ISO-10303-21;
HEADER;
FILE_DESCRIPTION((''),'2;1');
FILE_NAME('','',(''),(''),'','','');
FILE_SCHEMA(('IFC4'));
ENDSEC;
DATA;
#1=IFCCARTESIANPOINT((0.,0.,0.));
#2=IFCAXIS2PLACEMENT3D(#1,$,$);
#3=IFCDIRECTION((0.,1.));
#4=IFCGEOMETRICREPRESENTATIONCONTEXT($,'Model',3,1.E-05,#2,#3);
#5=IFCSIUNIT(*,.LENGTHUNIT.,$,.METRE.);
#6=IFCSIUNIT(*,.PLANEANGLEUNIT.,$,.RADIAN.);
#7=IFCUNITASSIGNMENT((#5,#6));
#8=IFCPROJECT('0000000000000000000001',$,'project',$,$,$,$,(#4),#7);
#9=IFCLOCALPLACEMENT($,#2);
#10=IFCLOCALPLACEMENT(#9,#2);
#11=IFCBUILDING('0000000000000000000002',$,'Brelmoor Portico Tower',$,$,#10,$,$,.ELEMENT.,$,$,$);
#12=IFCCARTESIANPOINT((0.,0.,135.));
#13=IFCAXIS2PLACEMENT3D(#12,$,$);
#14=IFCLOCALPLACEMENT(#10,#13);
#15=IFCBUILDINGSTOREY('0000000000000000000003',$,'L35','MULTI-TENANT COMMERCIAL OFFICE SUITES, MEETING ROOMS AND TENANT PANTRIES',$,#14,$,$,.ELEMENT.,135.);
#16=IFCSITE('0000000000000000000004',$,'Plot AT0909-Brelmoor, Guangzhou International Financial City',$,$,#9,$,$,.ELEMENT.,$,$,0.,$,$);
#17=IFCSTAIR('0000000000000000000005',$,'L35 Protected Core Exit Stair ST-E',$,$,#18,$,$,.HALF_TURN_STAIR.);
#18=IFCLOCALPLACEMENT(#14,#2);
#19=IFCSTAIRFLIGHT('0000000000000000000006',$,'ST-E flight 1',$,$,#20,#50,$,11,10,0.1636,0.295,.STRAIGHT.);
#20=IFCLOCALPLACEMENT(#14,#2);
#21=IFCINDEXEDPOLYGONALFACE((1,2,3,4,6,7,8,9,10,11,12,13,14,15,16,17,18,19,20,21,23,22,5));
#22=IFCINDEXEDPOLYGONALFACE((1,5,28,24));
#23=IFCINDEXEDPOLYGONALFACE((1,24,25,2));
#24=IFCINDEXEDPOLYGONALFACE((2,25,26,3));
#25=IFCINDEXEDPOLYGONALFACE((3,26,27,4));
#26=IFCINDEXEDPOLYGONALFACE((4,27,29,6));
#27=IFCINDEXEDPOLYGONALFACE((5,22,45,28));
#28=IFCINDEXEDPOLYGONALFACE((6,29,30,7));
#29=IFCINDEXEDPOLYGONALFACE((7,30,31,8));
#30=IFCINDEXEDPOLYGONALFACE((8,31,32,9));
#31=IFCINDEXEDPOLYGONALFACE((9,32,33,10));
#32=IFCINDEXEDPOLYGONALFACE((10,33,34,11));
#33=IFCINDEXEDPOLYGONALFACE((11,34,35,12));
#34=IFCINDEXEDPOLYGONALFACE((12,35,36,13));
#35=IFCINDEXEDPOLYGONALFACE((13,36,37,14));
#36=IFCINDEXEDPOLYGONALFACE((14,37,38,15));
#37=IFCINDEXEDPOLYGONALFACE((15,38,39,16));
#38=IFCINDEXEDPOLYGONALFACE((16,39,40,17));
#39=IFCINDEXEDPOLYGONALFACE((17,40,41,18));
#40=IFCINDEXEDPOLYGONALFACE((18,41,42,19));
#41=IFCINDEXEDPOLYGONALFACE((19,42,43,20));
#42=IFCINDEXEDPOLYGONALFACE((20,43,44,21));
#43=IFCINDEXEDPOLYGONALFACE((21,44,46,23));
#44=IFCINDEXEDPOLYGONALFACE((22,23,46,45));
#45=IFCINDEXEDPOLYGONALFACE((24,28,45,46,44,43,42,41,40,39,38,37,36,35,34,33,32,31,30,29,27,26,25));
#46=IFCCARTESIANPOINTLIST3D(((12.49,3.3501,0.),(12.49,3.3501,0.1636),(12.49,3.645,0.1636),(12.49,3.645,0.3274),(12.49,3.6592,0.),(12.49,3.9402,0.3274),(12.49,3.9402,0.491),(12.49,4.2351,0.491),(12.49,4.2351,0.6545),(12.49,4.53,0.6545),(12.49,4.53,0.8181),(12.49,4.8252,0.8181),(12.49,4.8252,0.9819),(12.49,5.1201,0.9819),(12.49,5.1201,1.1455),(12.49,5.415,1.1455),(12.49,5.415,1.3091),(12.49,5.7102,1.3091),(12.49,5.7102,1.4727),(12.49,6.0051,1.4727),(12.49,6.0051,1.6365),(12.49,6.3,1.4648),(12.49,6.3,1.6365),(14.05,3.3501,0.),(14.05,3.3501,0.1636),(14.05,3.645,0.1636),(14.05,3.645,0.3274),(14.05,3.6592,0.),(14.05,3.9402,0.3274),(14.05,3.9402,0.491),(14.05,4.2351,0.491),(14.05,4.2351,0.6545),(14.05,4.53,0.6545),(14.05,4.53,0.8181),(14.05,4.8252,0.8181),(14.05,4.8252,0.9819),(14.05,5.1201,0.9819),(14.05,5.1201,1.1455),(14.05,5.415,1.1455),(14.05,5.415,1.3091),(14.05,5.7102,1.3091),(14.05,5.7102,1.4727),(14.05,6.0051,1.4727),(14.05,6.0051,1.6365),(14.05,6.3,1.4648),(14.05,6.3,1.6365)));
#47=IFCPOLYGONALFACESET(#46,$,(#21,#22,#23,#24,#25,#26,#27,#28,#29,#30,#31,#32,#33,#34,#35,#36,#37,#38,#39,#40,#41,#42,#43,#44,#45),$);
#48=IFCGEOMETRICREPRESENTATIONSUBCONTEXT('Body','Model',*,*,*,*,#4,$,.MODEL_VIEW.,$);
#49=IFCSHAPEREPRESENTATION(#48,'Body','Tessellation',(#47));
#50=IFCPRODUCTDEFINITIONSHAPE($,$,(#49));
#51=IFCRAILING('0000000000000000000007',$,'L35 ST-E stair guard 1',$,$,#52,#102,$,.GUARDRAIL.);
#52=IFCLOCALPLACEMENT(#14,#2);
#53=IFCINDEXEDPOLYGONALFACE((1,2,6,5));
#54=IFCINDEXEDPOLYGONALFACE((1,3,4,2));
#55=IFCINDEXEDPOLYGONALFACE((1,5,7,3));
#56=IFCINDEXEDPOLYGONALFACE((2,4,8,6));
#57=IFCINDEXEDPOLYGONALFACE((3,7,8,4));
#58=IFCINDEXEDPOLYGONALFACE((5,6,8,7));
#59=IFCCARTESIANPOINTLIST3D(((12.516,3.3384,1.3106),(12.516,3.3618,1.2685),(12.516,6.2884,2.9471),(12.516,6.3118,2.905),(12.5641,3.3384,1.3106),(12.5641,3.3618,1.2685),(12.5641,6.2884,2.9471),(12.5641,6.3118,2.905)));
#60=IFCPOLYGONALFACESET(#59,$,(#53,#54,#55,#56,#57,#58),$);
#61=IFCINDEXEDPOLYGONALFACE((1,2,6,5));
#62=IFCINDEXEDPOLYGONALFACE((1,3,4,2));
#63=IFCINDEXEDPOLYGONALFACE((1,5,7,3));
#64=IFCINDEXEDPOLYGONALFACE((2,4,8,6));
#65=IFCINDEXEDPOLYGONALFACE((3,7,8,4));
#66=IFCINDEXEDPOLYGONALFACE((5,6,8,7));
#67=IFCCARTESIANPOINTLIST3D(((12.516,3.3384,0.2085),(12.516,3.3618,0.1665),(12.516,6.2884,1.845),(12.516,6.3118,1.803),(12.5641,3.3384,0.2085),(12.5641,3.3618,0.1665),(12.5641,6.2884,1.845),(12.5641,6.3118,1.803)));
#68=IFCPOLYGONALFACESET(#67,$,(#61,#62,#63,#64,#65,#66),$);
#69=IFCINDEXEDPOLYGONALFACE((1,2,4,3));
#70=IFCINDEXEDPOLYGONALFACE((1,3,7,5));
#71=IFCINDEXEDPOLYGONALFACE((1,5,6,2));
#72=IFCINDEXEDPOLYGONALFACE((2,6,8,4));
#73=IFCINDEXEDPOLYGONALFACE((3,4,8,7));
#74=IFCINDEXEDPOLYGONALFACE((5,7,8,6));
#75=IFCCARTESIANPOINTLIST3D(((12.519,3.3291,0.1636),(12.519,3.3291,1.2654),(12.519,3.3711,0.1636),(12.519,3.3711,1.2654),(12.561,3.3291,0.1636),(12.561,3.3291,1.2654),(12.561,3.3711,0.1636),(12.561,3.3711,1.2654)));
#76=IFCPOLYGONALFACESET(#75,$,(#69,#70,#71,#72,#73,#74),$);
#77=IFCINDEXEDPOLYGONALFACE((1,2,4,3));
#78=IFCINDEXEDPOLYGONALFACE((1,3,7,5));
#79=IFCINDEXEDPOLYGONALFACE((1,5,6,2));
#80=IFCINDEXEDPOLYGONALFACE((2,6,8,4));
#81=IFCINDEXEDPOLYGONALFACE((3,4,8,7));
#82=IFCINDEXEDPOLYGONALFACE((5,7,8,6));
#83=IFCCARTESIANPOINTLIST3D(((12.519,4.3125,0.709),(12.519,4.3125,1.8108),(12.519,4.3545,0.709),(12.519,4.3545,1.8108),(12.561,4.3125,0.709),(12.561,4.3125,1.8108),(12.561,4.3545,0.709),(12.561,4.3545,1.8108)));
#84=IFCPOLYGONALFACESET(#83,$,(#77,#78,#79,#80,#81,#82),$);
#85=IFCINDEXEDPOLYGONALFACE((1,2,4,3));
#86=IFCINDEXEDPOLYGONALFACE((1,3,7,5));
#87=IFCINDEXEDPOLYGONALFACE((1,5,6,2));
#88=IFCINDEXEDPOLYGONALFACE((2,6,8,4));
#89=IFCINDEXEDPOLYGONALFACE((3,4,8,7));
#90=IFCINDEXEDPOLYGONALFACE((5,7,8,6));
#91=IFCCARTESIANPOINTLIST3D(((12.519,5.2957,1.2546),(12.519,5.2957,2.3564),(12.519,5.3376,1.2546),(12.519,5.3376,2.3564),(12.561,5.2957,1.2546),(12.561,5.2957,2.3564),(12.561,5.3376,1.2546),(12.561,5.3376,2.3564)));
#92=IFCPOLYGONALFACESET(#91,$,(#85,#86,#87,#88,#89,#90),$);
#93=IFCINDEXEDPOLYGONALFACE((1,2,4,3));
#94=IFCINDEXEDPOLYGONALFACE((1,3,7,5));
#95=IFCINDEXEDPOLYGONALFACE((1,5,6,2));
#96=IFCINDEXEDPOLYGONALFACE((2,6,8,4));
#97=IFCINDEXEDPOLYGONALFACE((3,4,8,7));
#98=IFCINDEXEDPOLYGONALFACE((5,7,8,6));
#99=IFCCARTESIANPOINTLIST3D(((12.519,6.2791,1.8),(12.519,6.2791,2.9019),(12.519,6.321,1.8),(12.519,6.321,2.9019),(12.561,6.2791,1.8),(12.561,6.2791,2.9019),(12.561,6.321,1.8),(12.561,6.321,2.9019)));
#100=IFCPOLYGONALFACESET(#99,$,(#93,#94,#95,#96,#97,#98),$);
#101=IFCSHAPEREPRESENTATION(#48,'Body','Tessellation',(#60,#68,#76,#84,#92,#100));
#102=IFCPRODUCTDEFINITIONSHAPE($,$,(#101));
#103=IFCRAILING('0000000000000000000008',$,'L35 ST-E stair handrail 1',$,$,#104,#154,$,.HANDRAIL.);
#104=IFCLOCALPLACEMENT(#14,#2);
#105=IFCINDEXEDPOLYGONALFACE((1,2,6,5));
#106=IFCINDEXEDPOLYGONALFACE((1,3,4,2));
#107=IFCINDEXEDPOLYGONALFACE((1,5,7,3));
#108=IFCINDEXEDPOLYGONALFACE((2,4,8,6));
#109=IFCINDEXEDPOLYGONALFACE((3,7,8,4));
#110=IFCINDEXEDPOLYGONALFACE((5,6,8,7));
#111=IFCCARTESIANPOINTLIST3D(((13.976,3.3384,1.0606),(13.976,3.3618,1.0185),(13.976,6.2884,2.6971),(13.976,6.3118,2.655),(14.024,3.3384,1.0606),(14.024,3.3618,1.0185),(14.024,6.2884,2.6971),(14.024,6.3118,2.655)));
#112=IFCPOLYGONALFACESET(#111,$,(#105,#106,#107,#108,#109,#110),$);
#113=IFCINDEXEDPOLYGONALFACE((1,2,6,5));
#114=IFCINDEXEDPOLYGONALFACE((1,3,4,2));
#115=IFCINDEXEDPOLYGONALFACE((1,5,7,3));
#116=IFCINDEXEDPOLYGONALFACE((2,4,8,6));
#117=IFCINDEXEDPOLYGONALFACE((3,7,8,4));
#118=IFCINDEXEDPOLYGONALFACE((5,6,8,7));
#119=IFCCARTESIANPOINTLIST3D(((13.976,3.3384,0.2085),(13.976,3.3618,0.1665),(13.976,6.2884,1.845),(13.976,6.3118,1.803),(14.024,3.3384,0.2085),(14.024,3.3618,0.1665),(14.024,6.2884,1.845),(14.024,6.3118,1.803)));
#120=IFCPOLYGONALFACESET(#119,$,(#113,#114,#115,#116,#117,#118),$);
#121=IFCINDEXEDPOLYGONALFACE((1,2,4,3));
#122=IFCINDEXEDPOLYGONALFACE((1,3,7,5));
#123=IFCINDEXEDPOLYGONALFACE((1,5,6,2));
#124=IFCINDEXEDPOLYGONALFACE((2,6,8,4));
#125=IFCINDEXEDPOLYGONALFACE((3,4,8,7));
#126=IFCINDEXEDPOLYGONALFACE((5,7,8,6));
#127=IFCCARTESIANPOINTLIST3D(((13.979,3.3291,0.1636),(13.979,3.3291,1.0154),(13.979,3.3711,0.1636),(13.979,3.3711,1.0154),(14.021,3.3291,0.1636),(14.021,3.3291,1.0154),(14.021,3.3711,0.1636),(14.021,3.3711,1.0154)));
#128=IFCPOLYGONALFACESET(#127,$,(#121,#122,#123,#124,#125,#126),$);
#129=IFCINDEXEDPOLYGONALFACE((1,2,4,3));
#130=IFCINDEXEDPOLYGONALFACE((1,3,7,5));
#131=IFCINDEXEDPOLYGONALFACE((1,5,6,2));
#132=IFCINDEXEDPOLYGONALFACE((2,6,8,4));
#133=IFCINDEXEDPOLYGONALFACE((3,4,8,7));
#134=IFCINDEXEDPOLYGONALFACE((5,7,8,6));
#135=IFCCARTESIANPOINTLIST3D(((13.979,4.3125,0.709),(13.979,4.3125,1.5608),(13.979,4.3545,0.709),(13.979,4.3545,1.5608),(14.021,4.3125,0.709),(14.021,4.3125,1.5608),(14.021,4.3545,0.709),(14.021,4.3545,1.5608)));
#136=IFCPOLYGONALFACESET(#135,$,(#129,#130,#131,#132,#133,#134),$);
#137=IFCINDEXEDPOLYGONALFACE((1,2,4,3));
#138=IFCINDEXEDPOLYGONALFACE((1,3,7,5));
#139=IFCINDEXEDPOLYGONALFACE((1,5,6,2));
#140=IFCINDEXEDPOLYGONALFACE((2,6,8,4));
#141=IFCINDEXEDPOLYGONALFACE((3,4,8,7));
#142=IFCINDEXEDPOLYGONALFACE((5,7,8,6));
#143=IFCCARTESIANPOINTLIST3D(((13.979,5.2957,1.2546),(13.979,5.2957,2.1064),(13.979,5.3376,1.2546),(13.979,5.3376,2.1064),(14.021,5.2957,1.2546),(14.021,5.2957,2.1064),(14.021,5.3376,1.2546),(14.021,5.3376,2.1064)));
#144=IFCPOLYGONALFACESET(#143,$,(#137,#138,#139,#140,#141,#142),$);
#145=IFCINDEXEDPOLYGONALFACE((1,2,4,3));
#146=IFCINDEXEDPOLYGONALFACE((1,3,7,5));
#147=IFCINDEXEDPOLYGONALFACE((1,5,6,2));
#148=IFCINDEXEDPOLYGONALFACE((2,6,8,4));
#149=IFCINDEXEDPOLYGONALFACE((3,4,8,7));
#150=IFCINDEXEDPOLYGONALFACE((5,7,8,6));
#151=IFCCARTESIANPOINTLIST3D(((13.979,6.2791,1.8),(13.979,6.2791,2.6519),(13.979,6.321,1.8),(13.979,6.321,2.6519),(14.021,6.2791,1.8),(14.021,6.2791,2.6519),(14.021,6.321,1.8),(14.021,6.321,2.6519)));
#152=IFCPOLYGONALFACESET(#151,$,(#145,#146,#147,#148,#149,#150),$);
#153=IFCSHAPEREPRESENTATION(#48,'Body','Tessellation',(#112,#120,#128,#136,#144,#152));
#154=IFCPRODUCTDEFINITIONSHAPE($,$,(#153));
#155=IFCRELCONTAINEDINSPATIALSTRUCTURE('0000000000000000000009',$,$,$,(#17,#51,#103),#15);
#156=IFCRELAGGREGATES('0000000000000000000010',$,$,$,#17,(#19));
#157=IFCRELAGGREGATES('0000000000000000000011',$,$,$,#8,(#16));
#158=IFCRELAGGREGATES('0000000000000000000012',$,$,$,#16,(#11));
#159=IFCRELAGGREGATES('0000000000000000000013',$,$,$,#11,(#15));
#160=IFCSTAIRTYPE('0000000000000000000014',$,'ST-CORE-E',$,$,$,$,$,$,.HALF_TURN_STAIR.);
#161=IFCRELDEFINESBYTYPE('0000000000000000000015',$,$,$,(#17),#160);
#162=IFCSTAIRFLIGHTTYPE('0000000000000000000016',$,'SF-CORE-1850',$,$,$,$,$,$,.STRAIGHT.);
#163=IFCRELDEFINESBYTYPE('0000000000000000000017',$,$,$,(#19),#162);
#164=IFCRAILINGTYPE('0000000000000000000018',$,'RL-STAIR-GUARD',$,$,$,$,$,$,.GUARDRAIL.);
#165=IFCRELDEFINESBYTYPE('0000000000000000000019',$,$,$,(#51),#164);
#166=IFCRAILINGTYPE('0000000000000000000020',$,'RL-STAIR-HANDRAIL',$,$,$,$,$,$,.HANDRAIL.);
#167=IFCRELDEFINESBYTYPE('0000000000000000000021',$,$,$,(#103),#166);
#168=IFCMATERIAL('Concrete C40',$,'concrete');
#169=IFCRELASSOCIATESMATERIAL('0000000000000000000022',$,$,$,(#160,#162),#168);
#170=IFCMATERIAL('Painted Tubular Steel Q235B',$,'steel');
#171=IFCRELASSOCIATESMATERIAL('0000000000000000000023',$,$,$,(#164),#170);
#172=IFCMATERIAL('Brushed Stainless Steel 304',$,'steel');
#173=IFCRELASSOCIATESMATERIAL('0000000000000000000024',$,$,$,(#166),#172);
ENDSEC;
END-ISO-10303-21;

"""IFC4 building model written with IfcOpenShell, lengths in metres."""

from ifc_helpers import new_model, si_unit, direction, frame, origin, origin_2d, place, context, subcontext, project, spatial, polyline, rectangle, outline, extrude, material, type_object, element, aggregate, save


model = new_model("IFC4")

# Units and contexts
model_context = context("Model", 3, precision=1e-05, world=origin(), true_north=direction((0.0, 1.0)))
body_context = subcontext(model_context, "Body", "Model", "MODEL_VIEW")
ifc_project = project(units=[si_unit("LENGTHUNIT", "METRE"), si_unit("PLANEANGLEUNIT", "RADIAN")], contexts=[model_context])

# Site, building, storey
site_placement = place(None, origin())
site = spatial("IfcSite", under=ifc_project, at=site_placement, Name="Plot AT0909-Brelmoor, Guangzhou International Financial City", CompositionType="ELEMENT", RefElevation=0.0)
building_placement = place(site_placement, origin())
building = spatial("IfcBuilding", under=site, at=building_placement, Name="Brelmoor Portico Tower", CompositionType="ELEMENT")
storey_placement = place(building_placement, frame((0.0, 0.0, 135.0)))
storey = spatial("IfcBuildingStorey", under=building, at=storey_placement, Name="L35", Description="MULTI-TENANT COMMERCIAL OFFICE SUITES, MEETING ROOMS AND TENANT PANTRIES", CompositionType="ELEMENT", Elevation=135.0)

# Shared definitions
ifc_material_1 = material(Name="Concrete C40", Category="concrete")

# Stair, stair flight
stair_type = type_object("IfcStairType", Name="ST-CORE-E", PredefinedType="HALF_TURN_STAIR", material=ifc_material_1)
stair_placement = place(storey_placement, origin())
stair = element("IfcStair", 1, at=stair_placement, inside=storey, type_object=stair_type, Name="L35 Protected Core Exit Stair ST-E", PredefinedType="HALF_TURN_STAIR")
stair_flight_type = type_object("IfcStairFlightType", Name="SF-CORE-1850", PredefinedType="STRAIGHT", material=ifc_material_1)
stair_flight_placement = place(storey_placement, frame((13.27, 3.3501, 0.0), z_axis=(0.0, 0.0, 1.0), x_axis=(0.0, 1.0, 0.0)))
stair_flight = element("IfcStairFlight", 2, at=stair_flight_placement, type_object=stair_flight_type, Name="ST-E flight 1", NumberOfRisers=11, NumberOfTreads=10, PredefinedType="STRAIGHT", RiserHeight=0.1636, TreadLength=0.295, context=body_context, shape_type="SweptSolid", body=[
    extrude(outline(polyline([(0.0, 0.0), (0.0, 0.1636), (0.2949, 0.1636), (0.2949, 0.3274), (0.5901, 0.3274), (0.5901, 0.491), (0.885, 0.491), (0.885, 0.6545), (1.1799, 0.6545), (1.1799, 0.8181), (1.4751, 0.8181), (1.4751, 0.9819), (1.77, 0.9819), (1.77, 1.1455), (2.0649, 1.1455), (2.0649, 1.3091), (2.3601, 1.3091), (2.3601, 1.4727), (2.655, 1.4727), (2.655, 1.6365), (2.95, 1.6365), (2.95, 1.8), (2.95, 1.4648), (0.3091, 0.0), (0.0, 0.0)])), frame((0.0, 0.78, 0.0), z_axis=(0.0, -1.0, 0.0), x_axis=(1.0, 0.0, 0.0)), (0.0, 0.0, 1.0), 1.5601),
])
aggregate(stair, [stair_flight])

# Railings
ifc_material_2 = material(Name="Painted Tubular Steel Q235B", Category="steel")
railing_type_1 = type_object("IfcRailingType", Name="RL-STAIR-GUARD", PredefinedType="GUARDRAIL", material=ifc_material_2)
railing_1_placement = place(storey_placement, frame((12.54, 3.3501, 0.1636)))
element("IfcRailing", 3, at=railing_1_placement, inside=storey, type_object=railing_type_1, Name="L35 ST-E stair guard 1", PredefinedType="GUARDRAIL", context=body_context, shape_type="SweptSolid", body=[
    extrude(rectangle(XDim=0.0481, YDim=0.0481, at=origin_2d()), frame((0.0, 0.0, 1.126), z_axis=(0.0, 0.874458, 0.485102), x_axis=(-1.0, 0.0, 0.0)), (0.0, 0.0, 1.0), 3.3735),
    extrude(rectangle(XDim=0.0481, YDim=0.0481, at=origin_2d()), frame((0.0, 0.0, 0.0239), z_axis=(0.0, 0.874458, 0.485102), x_axis=(-1.0, 0.0, 0.0)), (0.0, 0.0, 1.0), 3.3735),
    extrude(rectangle(XDim=0.042, YDim=0.042, at=origin_2d()), origin(), (0.0, 0.0, 1.0), 1.1018),
    extrude(rectangle(XDim=0.042, YDim=0.042, at=origin_2d()), frame((0.0, 0.9834, 0.5454)), (0.0, 0.0, 1.0), 1.1018),
    extrude(rectangle(XDim=0.042, YDim=0.042, at=origin_2d()), frame((0.0, 1.9666, 1.0911)), (0.0, 0.0, 1.0), 1.1018),
    extrude(rectangle(XDim=0.042, YDim=0.042, at=origin_2d()), frame((0.0, 2.95, 1.6365)), (0.0, 0.0, 1.0), 1.1018),
])
ifc_material_3 = material(Name="Brushed Stainless Steel 304", Category="steel")
railing_type_2 = type_object("IfcRailingType", Name="RL-STAIR-HANDRAIL", PredefinedType="HANDRAIL", material=ifc_material_3)
railing_2_placement = place(storey_placement, frame((14.0, 3.3501, 0.1636)))
element("IfcRailing", 4, at=railing_2_placement, inside=storey, type_object=railing_type_2, Name="L35 ST-E stair handrail 1", PredefinedType="HANDRAIL", context=body_context, shape_type="SweptSolid", body=[
    extrude(rectangle(XDim=0.0481, YDim=0.0481, at=origin_2d()), frame((0.0, 0.0, 0.876), z_axis=(0.0, 0.874458, 0.485102), x_axis=(-1.0, 0.0, 0.0)), (0.0, 0.0, 1.0), 3.3735),
    extrude(rectangle(XDim=0.0481, YDim=0.0481, at=origin_2d()), frame((0.0, 0.0, 0.0239), z_axis=(0.0, 0.874458, 0.485102), x_axis=(-1.0, 0.0, 0.0)), (0.0, 0.0, 1.0), 3.3735),
    extrude(rectangle(XDim=0.042, YDim=0.042, at=origin_2d()), origin(), (0.0, 0.0, 1.0), 0.8518),
    extrude(rectangle(XDim=0.042, YDim=0.042, at=origin_2d()), frame((0.0, 0.9834, 0.5454)), (0.0, 0.0, 1.0), 0.8518),
    extrude(rectangle(XDim=0.042, YDim=0.042, at=origin_2d()), frame((0.0, 1.9666, 1.0911)), (0.0, 0.0, 1.0), 0.8518),
    extrude(rectangle(XDim=0.042, YDim=0.042, at=origin_2d()), frame((0.0, 2.95, 1.6365)), (0.0, 0.0, 1.0), 0.8518),
])

save(model, "model.ifc")
